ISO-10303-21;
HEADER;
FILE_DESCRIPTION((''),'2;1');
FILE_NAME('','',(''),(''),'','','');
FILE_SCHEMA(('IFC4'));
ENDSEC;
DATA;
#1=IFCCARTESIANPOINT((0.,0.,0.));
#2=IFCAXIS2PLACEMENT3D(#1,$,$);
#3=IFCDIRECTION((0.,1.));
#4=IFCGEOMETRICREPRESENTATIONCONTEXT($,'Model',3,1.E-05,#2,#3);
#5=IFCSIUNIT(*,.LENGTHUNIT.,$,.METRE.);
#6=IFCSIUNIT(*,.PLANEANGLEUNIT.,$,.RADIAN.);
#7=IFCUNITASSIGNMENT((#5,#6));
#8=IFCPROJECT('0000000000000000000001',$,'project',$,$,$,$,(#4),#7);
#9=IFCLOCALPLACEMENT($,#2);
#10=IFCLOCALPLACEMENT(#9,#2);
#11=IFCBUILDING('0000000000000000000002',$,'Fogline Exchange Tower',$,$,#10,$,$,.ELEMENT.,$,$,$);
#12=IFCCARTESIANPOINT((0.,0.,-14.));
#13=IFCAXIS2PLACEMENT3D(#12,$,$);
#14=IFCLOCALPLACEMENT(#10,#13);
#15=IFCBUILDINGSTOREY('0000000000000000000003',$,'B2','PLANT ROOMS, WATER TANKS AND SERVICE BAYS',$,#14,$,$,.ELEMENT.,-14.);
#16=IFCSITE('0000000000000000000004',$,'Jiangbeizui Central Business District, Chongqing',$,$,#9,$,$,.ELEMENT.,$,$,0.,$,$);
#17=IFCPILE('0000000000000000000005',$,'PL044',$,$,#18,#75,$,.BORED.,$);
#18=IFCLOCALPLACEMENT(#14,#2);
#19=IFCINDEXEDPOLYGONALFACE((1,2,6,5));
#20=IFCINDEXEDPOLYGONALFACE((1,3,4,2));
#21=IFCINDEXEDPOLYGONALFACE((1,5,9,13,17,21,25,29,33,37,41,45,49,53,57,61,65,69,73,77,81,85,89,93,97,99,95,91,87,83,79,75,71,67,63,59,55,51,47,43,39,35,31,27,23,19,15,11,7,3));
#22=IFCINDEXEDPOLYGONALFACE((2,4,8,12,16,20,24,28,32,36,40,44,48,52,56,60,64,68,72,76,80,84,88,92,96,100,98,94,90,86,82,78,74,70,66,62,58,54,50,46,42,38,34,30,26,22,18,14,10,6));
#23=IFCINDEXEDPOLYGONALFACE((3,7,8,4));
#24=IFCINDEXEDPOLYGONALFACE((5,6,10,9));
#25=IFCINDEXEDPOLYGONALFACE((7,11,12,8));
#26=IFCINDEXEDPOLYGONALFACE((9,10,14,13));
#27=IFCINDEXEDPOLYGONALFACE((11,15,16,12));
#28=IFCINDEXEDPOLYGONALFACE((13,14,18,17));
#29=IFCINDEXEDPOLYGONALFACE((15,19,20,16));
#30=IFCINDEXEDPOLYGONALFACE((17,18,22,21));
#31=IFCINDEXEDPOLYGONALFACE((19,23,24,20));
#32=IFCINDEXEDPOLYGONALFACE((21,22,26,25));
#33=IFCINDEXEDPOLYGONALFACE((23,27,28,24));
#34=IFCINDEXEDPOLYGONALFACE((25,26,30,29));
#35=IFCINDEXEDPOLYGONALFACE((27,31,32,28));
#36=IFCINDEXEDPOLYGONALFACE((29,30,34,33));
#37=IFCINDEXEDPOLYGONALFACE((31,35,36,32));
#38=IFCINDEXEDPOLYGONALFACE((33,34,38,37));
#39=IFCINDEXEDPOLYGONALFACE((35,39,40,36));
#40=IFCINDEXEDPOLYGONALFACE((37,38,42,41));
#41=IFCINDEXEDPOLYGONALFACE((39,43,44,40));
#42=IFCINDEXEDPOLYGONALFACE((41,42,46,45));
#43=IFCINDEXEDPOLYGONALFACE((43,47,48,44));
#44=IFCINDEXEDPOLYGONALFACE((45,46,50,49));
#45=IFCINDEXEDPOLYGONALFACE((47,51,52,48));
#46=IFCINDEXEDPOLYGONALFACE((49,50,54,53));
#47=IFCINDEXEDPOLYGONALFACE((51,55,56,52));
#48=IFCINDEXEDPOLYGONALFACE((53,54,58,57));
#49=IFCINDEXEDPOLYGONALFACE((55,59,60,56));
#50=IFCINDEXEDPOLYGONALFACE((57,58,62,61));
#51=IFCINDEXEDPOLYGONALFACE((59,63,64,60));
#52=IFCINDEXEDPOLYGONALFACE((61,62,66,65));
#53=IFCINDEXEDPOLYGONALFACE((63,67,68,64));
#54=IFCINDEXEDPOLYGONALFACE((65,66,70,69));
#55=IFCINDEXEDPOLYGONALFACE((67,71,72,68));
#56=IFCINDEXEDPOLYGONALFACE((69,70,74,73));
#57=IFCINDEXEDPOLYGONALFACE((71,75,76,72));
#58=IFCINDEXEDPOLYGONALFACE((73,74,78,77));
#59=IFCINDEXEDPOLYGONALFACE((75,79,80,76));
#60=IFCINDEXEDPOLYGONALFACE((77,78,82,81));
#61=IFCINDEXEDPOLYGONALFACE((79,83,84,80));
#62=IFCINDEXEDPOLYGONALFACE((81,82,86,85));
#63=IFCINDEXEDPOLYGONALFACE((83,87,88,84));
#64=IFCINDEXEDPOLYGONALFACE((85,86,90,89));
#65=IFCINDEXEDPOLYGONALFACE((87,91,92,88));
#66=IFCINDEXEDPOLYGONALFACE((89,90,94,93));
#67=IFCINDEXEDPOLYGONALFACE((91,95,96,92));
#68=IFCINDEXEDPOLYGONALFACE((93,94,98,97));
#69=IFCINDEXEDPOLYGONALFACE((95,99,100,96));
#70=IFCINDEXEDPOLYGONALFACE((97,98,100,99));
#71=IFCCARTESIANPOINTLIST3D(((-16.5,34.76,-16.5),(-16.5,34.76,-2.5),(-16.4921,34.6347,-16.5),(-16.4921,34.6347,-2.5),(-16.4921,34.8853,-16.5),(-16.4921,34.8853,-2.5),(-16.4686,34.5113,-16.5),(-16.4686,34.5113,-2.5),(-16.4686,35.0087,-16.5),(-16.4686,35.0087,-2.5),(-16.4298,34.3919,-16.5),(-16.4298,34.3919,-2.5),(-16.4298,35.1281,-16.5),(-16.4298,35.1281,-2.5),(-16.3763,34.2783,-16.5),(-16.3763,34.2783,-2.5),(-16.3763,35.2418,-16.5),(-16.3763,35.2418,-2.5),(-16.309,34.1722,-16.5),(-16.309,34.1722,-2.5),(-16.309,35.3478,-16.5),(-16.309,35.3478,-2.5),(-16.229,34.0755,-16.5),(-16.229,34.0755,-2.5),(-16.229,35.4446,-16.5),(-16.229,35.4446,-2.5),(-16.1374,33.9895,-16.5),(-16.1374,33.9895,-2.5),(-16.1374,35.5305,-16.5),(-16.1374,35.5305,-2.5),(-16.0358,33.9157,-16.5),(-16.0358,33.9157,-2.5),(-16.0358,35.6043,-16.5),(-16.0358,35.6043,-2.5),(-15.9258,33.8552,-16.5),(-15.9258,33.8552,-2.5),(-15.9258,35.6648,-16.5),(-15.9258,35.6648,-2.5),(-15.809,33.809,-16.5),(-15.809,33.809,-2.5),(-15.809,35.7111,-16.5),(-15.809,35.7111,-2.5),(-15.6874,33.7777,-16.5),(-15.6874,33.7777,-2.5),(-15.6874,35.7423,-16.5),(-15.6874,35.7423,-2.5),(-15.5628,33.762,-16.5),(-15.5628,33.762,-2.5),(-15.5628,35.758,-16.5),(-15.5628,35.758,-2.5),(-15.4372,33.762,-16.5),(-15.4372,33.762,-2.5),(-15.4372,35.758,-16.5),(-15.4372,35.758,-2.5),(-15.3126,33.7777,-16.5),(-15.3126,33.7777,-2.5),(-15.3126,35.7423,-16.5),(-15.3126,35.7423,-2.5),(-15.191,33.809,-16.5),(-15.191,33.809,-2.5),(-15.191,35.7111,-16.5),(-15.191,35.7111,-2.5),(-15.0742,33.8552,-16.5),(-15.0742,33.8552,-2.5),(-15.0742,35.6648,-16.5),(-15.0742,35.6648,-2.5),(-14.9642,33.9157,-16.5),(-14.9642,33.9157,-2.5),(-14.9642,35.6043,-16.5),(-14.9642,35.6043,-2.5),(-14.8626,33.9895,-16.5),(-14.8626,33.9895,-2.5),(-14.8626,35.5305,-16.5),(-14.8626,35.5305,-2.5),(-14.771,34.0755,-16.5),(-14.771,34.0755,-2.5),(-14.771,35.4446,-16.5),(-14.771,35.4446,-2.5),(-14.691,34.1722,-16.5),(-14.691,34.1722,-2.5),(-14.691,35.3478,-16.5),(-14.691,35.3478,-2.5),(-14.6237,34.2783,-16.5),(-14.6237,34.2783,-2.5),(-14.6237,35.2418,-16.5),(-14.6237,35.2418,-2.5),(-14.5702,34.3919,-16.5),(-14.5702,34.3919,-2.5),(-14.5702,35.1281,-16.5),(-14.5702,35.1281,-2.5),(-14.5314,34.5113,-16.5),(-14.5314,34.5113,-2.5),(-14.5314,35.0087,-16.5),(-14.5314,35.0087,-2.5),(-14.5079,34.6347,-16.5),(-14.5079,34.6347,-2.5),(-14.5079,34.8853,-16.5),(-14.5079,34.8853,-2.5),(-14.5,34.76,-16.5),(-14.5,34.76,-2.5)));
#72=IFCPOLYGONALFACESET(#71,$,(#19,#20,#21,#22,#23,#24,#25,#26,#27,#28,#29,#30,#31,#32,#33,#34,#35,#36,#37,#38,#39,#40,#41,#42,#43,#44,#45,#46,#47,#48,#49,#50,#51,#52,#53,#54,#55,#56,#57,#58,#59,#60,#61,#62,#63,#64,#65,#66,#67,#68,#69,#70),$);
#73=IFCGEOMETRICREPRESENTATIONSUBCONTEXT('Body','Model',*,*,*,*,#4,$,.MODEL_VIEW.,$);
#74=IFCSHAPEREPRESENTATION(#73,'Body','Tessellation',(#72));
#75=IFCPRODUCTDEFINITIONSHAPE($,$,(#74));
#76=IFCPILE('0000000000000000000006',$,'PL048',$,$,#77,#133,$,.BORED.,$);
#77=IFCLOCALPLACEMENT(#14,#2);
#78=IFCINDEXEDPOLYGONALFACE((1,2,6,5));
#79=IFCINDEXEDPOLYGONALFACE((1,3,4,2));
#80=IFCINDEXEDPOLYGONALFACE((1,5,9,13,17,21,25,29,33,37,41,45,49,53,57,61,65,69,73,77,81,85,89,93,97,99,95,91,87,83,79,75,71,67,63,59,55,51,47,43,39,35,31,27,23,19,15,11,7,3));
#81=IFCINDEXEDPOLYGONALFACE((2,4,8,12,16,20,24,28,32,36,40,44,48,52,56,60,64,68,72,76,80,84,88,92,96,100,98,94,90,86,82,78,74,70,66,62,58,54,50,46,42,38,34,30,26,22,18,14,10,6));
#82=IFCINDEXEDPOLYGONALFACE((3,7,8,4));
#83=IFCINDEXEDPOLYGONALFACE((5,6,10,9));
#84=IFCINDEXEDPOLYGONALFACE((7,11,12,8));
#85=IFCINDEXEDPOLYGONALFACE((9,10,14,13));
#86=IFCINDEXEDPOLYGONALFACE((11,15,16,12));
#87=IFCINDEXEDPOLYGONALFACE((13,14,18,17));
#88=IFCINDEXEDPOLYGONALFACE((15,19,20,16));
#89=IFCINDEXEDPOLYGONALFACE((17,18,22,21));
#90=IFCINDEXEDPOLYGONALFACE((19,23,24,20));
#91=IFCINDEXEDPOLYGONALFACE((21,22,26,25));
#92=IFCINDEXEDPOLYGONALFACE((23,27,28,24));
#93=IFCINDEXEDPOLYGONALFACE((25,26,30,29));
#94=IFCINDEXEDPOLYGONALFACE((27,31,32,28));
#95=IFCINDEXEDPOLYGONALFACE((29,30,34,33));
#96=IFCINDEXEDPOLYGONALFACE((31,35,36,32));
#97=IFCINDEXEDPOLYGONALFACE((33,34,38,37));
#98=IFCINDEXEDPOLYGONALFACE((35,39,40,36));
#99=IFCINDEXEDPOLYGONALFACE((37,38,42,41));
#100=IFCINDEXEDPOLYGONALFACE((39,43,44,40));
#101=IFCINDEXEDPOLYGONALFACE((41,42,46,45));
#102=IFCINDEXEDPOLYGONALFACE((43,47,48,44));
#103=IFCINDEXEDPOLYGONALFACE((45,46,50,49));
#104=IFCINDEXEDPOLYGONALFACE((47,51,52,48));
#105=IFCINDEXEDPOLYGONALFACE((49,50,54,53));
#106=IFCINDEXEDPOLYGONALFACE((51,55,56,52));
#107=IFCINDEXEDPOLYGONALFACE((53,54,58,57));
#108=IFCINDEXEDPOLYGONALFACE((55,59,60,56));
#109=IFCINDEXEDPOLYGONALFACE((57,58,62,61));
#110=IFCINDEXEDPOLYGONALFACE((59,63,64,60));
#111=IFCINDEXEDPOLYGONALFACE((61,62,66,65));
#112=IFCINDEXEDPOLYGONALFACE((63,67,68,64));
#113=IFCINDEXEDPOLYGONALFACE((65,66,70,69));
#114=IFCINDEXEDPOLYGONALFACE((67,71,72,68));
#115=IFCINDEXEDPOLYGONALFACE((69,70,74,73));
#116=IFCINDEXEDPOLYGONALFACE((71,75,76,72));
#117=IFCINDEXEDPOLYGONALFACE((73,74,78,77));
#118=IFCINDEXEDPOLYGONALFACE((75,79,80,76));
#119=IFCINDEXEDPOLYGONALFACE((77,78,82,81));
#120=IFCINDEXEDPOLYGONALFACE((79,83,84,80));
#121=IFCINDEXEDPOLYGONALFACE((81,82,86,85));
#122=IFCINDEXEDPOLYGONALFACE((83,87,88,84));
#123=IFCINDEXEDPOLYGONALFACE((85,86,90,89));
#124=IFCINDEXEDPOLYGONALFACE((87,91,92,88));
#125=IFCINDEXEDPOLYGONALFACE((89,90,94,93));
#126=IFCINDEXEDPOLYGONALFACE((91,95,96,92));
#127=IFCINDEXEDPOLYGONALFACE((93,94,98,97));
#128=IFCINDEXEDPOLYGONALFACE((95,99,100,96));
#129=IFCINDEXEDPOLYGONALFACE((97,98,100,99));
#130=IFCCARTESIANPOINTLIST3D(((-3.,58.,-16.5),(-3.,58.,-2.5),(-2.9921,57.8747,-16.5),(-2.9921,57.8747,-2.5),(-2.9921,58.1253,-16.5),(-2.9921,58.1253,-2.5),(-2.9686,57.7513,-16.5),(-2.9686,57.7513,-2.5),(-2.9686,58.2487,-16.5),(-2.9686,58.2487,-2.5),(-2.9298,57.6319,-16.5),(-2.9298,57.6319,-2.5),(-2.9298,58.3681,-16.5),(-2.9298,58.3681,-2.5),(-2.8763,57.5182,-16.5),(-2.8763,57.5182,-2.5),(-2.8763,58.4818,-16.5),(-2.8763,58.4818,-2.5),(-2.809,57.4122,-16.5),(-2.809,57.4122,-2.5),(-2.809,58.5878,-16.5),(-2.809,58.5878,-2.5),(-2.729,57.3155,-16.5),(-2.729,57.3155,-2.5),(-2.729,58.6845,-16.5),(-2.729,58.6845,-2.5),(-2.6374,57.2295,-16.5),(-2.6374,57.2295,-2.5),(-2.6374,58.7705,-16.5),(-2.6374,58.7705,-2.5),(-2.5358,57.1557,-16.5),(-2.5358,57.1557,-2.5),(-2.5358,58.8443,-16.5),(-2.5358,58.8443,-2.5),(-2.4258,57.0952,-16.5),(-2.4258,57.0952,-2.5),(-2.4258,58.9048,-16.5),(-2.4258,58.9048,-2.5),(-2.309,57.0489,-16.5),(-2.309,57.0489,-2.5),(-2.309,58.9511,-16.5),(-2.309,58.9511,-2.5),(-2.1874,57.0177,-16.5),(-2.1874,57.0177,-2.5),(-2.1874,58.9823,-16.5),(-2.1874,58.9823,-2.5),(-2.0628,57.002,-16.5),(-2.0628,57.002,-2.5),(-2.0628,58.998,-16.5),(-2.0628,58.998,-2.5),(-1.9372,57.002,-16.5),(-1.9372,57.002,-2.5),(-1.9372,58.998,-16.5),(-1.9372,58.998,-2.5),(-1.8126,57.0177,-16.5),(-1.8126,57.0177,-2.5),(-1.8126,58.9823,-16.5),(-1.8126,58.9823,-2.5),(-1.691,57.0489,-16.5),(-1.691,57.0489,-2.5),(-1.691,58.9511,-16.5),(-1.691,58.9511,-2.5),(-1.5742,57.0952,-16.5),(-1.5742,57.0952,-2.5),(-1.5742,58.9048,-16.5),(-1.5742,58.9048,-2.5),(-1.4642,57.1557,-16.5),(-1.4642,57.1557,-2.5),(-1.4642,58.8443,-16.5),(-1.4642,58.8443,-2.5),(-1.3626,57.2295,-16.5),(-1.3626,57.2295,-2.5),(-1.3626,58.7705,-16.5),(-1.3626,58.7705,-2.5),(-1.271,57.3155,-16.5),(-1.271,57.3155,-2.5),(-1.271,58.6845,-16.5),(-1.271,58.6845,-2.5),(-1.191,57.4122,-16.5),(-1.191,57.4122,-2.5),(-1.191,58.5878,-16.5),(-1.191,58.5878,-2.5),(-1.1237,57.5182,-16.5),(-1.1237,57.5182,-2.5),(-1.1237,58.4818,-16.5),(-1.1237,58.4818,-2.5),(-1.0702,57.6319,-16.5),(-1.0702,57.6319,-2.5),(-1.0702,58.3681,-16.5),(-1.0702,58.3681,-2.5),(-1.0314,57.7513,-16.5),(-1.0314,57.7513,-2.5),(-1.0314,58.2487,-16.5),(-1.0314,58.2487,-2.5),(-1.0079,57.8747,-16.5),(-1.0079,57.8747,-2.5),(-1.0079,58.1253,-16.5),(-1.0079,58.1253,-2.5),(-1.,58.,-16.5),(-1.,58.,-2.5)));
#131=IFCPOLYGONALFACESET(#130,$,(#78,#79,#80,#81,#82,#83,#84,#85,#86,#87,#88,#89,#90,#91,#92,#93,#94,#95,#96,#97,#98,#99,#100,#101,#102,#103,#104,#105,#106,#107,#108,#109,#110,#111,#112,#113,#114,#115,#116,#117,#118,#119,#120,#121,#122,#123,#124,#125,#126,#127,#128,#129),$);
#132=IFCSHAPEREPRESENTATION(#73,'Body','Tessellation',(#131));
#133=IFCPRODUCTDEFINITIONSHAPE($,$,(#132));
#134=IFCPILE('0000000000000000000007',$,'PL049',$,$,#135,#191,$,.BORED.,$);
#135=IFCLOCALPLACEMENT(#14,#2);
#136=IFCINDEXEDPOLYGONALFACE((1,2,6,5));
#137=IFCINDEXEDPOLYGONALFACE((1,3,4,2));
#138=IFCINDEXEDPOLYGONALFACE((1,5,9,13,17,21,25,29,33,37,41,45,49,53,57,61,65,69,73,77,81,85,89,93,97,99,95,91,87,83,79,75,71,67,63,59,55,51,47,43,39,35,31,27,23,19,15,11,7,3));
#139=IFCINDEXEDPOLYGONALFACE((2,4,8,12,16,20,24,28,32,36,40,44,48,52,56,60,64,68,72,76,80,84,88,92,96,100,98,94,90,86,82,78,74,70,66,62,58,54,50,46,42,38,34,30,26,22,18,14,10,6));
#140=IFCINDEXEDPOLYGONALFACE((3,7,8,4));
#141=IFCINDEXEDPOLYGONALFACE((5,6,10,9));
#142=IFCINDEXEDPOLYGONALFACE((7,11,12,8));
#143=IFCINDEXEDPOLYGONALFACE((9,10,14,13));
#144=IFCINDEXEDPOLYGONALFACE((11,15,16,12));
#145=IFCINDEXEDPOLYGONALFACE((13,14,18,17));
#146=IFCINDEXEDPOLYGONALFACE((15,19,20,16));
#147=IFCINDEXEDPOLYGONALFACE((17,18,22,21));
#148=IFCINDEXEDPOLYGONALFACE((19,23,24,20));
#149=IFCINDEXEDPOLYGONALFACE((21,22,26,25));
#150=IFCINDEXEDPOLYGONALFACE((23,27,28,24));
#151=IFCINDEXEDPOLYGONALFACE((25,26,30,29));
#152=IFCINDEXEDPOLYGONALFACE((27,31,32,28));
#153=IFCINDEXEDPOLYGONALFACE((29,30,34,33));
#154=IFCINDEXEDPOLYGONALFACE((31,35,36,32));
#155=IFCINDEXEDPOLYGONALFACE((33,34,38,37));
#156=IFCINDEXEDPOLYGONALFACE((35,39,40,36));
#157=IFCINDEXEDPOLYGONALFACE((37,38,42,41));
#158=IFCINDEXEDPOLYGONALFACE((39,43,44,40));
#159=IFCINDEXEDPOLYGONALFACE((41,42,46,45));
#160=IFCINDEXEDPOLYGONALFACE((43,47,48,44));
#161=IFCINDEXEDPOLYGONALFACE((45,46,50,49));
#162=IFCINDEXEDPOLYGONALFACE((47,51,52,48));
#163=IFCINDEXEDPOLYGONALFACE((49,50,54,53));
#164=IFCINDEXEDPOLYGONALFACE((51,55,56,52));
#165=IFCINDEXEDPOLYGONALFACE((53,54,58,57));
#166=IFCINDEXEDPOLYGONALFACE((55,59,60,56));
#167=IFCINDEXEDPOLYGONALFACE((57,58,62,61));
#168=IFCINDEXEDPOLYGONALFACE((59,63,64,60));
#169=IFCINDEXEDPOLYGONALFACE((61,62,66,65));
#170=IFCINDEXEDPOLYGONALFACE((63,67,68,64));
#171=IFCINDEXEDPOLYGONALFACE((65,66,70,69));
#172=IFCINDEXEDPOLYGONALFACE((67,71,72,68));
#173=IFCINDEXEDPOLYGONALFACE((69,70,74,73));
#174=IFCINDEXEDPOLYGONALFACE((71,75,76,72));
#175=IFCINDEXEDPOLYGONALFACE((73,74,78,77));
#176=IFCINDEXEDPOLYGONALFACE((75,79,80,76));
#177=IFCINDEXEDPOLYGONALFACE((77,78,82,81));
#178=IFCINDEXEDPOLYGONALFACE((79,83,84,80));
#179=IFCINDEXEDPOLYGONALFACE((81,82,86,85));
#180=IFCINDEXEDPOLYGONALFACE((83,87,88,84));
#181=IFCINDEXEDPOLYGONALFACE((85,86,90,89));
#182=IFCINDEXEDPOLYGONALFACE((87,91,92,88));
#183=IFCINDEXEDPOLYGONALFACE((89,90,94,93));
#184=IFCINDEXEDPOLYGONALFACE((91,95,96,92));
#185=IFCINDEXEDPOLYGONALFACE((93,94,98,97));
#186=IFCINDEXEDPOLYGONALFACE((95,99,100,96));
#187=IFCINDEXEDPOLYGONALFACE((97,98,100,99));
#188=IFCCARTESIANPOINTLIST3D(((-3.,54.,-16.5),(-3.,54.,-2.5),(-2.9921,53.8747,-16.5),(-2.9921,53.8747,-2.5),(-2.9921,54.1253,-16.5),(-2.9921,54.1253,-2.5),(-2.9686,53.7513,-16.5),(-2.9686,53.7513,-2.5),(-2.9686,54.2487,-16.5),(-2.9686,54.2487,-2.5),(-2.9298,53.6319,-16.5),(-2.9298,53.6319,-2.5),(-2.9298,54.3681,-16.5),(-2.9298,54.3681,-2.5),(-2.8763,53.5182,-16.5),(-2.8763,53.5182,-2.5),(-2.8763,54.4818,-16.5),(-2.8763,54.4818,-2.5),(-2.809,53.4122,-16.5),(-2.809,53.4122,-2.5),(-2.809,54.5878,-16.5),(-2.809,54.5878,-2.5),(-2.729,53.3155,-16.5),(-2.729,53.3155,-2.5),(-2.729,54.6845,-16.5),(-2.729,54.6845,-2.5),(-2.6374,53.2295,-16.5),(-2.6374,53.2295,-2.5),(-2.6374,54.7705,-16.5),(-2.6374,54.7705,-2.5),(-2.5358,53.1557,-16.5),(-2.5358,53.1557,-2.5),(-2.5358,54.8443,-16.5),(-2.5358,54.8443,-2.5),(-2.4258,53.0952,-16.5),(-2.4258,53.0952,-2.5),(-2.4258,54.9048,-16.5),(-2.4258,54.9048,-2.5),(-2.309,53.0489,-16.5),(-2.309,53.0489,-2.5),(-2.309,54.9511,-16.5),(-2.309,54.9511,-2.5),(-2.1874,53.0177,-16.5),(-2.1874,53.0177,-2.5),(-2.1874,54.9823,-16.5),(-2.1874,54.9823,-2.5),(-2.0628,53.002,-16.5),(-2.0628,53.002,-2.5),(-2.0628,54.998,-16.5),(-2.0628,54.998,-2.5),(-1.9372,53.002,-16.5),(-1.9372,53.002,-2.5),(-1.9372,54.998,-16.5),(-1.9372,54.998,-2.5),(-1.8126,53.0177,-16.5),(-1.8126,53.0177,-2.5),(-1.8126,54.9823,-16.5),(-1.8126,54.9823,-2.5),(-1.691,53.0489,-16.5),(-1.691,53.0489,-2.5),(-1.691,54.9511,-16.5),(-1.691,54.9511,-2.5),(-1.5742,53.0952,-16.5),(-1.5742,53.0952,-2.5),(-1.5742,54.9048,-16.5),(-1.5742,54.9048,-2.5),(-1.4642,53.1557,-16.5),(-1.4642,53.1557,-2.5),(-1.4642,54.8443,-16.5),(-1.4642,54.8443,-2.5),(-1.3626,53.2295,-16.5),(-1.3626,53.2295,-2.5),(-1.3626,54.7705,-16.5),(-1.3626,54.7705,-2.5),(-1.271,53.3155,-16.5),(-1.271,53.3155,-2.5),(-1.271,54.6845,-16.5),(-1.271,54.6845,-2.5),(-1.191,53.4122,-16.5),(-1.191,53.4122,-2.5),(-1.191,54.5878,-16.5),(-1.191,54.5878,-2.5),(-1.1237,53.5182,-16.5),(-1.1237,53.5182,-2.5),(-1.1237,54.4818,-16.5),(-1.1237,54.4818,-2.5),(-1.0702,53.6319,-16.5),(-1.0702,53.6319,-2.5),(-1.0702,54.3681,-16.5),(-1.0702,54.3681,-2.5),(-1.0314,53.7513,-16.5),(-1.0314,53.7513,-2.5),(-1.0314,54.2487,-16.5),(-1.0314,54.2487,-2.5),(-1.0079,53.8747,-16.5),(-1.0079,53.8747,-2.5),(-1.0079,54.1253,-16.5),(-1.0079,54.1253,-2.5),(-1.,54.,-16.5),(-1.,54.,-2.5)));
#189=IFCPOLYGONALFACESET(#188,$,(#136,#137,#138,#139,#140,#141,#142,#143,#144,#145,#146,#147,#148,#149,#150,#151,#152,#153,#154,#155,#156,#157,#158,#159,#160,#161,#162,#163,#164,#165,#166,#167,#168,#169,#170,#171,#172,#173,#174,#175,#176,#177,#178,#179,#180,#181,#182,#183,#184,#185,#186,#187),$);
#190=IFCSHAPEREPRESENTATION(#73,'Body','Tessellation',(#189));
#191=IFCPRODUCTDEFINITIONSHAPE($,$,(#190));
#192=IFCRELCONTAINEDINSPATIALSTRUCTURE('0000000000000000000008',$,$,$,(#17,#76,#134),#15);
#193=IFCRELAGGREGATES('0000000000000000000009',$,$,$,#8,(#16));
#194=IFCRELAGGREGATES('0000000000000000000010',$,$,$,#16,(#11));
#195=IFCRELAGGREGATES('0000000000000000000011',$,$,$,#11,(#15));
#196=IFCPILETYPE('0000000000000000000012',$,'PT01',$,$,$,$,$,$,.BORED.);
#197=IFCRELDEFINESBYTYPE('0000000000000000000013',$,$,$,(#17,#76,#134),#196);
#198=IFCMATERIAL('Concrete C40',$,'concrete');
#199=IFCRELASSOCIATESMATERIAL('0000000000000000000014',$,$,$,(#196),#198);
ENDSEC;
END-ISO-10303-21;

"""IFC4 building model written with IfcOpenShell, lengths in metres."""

from ifc_helpers import new_model, si_unit, direction, frame, origin, origin_2d, place, context, subcontext, project, spatial, circle, extrude, material, material_profile, profile_set, type_object, element, save


model = new_model("IFC4")

# Units and contexts
model_context = context("Model", 3, precision=1e-05, world=origin(), true_north=direction((0.0, 1.0)))
body_context = subcontext(model_context, "Body", "Model", "MODEL_VIEW")
ifc_project = project(units=[si_unit("LENGTHUNIT", "METRE"), si_unit("PLANEANGLEUNIT", "RADIAN")], contexts=[model_context])

# Site, building, storey
site_placement = place(None, origin())
site = spatial("IfcSite", under=ifc_project, at=site_placement, Name="Jiangbeizui Central Business District, Chongqing", CompositionType="ELEMENT", RefElevation=0.0)
building_placement = place(site_placement, origin())
building = spatial("IfcBuilding", under=site, at=building_placement, Name="Fogline Exchange Tower", CompositionType="ELEMENT")
storey_placement = place(building_placement, frame((0.0, 0.0, -14.0)))
storey = spatial("IfcBuildingStorey", under=building, at=storey_placement, Name="B2", Description="PLANT ROOMS, WATER TANKS AND SERVICE BAYS", CompositionType="ELEMENT", Elevation=-14.0)

# Piles
ifc_material_1 = material(Name="Concrete C40", Category="concrete")
ifc_material_profile_1 = material_profile(ifc_material_1, circle(Radius=1.0, at=origin_2d()), Name="RC D2000")
ifc_profile_set_1 = profile_set([ifc_material_profile_1], Name="Concrete C40")
pile_type = type_object("IfcPileType", Name="PT01", PredefinedType="BORED", material=ifc_profile_set_1)
for number, where, z_axis, x_axis, name in (
    (1, (-15.5, 34.76, -2.5), (0.0, 0.0, -1.0), (1.0, 0.0, 0.0), "PL044"),
    (2, (-2.0, 58.0, -2.5), (0.0, 0.0, -1.0), (1.0, 0.0, 0.0), "PL048"),
    (3, (-2.0, 54.0, -2.5), (0.0, 0.0, -1.0), (1.0, 0.0, 0.0), "PL049"),
):
    element("IfcPile", number, at=place(storey_placement, frame(where, z_axis=z_axis, x_axis=x_axis)), inside=storey, type_object=pile_type, Name=name, PredefinedType="BORED", context=body_context, shape_type="SweptSolid", body=[
        extrude(circle(Radius=1.0, at=origin_2d()), origin(), (0.0, 0.0, 1.0), 14.0),
    ])

save(model, "model.ifc")
